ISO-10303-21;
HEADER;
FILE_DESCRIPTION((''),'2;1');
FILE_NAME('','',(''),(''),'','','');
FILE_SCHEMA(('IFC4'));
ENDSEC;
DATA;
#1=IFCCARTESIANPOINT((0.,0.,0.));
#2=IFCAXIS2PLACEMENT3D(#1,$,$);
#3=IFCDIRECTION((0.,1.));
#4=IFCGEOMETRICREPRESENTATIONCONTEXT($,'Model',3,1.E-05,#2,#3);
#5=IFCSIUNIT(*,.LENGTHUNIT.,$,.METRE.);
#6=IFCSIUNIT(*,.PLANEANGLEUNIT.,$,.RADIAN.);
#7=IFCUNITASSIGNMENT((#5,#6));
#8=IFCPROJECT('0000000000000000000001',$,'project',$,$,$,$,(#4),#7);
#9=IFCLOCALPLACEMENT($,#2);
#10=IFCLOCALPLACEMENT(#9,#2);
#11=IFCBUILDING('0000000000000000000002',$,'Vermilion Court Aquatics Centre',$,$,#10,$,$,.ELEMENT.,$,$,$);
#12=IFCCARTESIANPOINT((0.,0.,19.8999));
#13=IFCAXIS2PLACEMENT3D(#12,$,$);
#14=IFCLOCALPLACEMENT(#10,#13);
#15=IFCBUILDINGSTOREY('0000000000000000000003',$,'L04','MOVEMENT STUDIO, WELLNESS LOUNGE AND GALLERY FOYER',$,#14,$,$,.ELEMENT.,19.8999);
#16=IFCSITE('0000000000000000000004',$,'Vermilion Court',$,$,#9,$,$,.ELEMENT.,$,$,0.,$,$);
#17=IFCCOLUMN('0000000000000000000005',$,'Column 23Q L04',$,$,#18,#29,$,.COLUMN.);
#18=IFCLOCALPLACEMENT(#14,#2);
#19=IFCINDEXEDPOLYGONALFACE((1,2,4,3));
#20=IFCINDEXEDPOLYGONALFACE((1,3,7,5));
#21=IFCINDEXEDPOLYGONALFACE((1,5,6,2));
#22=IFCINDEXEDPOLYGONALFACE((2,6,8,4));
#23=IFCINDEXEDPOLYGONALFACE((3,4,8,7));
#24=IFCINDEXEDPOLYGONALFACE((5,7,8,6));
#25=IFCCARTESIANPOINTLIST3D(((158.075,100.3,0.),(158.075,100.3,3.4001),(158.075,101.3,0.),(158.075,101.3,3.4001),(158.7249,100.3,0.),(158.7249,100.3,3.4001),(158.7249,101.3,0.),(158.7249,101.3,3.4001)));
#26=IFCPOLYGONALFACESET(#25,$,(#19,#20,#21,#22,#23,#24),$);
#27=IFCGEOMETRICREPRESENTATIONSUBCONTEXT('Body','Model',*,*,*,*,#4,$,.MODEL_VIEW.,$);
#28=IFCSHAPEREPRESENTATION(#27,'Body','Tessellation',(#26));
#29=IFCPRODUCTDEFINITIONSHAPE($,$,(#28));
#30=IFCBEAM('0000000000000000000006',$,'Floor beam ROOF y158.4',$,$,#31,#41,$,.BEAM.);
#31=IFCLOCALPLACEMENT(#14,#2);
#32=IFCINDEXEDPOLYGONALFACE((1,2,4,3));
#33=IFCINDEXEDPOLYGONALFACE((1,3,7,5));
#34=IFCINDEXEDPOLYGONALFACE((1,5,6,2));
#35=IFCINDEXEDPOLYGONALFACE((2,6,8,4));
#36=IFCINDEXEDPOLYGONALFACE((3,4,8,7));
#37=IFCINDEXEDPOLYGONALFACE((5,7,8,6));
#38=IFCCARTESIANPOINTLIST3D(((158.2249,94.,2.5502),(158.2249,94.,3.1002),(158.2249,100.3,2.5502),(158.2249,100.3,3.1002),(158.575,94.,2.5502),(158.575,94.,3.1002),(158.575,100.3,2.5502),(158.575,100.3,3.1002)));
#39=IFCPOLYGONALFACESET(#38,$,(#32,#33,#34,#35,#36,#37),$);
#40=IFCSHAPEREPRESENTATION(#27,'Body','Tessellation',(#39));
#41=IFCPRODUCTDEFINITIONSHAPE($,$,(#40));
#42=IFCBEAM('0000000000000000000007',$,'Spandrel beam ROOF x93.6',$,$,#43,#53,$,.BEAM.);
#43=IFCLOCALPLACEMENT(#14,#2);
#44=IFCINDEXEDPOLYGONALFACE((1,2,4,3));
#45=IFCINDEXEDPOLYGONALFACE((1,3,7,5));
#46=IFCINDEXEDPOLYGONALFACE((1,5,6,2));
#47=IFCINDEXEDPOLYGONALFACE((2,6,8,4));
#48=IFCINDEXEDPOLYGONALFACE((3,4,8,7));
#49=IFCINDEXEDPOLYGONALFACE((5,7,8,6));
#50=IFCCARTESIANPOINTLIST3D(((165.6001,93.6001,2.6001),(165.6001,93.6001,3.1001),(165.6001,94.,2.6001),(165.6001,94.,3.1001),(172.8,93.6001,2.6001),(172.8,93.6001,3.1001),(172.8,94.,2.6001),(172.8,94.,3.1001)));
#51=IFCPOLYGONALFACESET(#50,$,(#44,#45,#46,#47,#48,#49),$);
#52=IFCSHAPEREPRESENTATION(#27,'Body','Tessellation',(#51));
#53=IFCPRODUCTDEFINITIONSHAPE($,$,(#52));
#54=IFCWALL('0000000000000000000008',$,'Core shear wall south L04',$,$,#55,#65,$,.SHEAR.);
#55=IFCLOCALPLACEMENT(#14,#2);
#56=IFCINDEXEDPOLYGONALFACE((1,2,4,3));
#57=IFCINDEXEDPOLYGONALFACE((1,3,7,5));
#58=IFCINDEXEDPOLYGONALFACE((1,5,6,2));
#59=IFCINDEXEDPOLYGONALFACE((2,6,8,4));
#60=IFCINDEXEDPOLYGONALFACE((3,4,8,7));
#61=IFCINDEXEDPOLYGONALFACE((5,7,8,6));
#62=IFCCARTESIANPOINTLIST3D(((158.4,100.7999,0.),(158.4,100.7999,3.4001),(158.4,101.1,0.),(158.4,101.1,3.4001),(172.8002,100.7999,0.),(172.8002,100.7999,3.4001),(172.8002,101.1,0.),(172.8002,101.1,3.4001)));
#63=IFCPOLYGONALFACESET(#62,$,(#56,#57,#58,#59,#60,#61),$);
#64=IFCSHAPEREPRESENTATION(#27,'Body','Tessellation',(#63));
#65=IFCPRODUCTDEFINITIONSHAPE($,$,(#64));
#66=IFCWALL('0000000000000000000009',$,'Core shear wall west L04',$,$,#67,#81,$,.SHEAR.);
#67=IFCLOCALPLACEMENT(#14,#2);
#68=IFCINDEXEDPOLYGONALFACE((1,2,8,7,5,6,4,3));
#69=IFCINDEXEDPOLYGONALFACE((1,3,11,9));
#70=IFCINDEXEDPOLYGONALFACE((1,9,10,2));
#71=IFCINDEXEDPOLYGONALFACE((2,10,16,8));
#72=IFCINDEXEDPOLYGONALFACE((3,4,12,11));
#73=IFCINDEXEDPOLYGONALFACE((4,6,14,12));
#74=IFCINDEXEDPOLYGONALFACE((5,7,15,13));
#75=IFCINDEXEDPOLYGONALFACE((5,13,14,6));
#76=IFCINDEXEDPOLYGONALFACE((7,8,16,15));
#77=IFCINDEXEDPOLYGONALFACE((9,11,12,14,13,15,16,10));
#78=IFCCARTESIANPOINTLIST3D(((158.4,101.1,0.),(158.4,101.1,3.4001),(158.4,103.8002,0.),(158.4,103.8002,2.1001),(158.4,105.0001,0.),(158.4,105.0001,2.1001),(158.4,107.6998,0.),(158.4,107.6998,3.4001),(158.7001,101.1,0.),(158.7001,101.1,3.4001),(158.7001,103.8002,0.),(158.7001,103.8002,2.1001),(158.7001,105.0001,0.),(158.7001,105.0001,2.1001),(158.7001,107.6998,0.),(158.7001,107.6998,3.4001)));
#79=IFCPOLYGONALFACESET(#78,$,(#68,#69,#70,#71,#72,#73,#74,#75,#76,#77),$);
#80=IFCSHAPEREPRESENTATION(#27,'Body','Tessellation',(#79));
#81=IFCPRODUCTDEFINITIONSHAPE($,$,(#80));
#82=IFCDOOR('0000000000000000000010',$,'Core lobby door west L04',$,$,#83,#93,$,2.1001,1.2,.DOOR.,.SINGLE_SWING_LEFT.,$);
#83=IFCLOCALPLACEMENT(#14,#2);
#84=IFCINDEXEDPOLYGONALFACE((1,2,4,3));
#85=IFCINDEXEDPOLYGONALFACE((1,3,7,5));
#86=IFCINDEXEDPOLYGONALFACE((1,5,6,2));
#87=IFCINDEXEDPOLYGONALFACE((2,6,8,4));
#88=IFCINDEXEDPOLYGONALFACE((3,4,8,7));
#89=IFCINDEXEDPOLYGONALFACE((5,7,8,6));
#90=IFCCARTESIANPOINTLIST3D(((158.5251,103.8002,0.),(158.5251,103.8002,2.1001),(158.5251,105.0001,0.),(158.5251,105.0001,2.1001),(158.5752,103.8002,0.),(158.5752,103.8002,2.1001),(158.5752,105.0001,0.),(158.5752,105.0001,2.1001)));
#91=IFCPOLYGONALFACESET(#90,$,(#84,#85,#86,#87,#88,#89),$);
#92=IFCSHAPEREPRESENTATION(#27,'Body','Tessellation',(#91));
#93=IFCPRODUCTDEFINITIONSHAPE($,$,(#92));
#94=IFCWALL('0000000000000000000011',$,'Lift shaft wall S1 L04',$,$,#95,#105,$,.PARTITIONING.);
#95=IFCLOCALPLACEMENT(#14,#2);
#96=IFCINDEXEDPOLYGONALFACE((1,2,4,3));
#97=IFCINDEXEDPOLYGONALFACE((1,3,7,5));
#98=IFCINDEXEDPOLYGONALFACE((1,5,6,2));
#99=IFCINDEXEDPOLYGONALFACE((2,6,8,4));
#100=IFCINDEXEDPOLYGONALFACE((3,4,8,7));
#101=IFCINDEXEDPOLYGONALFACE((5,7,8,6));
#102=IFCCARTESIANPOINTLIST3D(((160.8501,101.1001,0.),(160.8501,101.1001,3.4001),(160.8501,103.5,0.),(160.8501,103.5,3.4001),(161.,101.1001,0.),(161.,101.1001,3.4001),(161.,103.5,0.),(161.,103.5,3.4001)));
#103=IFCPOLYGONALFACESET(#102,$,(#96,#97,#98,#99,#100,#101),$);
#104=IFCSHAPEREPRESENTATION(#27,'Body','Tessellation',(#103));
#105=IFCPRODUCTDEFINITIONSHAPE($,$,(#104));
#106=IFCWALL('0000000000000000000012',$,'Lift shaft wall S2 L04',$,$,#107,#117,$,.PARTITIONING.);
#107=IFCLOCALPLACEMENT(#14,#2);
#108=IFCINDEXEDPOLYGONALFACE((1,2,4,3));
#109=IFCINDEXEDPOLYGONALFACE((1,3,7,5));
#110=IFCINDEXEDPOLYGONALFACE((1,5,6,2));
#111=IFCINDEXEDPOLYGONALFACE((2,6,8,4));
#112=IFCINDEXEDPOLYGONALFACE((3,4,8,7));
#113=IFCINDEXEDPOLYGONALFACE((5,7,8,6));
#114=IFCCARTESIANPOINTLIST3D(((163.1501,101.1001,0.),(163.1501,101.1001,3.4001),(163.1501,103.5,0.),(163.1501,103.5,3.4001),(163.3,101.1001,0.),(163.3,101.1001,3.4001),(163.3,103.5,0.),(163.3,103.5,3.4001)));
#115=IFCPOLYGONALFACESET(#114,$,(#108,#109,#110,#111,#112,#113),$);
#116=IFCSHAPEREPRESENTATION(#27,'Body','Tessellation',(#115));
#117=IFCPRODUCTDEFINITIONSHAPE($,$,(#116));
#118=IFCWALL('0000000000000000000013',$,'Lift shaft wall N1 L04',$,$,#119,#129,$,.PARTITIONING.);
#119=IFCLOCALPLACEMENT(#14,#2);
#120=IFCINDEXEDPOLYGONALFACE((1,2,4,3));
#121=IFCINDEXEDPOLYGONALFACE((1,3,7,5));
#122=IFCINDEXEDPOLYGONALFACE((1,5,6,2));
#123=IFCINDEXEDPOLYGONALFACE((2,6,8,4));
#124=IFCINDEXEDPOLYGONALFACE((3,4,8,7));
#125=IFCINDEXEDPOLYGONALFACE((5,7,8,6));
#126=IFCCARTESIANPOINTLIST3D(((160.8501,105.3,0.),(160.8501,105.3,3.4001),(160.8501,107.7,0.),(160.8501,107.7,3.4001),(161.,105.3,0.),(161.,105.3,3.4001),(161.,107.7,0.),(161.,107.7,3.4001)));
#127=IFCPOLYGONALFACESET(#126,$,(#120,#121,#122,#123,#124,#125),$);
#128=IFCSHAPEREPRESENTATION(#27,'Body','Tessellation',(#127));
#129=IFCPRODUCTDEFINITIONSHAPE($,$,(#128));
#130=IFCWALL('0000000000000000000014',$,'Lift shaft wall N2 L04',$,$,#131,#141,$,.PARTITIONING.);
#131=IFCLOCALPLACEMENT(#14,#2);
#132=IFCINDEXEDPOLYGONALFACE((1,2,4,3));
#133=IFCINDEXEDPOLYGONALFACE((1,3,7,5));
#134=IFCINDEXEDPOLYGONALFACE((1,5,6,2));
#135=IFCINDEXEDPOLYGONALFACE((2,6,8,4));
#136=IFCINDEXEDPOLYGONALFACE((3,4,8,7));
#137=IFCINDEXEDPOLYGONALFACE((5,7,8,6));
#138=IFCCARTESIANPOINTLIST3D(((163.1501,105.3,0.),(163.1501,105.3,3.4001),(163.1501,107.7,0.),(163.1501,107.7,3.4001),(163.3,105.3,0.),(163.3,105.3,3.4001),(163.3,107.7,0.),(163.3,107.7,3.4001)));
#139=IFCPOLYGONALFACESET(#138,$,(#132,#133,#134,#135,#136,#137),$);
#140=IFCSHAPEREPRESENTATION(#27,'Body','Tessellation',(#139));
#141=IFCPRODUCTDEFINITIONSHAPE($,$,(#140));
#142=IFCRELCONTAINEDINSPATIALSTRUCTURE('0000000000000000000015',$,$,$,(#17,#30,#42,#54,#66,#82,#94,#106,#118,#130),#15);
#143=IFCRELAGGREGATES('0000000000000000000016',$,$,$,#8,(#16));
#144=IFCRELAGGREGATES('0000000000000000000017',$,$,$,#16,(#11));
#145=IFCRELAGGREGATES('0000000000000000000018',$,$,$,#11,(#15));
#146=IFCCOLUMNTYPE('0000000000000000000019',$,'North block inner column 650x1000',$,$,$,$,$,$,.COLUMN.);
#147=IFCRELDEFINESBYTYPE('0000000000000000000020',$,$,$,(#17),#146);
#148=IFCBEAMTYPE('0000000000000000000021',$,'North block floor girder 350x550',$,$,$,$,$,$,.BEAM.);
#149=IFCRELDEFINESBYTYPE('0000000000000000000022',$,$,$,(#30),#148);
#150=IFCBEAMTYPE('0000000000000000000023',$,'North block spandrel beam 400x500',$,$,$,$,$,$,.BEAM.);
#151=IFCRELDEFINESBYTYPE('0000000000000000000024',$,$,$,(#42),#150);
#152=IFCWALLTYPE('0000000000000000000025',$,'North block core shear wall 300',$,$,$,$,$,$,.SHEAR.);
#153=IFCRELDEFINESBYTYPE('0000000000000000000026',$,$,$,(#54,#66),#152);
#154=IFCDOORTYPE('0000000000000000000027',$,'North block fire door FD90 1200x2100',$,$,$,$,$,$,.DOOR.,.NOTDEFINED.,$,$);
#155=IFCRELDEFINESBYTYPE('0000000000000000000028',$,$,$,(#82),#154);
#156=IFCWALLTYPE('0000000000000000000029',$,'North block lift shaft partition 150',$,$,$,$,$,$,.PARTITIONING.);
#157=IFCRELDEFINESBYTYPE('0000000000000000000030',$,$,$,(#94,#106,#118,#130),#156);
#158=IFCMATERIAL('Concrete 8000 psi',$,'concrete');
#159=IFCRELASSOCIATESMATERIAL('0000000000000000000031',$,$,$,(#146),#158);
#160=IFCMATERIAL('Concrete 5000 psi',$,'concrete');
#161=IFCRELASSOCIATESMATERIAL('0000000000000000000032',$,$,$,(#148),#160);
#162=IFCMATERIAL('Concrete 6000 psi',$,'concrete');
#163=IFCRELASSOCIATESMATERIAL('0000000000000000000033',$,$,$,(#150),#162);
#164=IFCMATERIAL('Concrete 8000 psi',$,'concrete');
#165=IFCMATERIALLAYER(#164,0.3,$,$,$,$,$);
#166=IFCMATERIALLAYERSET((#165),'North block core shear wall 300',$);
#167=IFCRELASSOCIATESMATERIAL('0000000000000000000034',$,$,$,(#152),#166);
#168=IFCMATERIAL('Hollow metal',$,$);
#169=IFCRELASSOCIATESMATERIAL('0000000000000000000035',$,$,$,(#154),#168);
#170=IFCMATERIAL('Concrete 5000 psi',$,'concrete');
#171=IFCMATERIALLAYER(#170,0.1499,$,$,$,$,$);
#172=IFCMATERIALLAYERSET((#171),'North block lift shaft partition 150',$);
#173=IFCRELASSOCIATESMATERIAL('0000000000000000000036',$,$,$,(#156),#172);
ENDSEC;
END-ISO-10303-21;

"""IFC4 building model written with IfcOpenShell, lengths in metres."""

from ifc_helpers import new_model, si_unit, direction, frame, frame_2d, origin, origin_2d, place, context, subcontext, project, spatial, rectangle, extrude, material, layer, layer_set, material_profile, profile_set, type_object, element, fill, save


model = new_model("IFC4")

# Units and contexts
model_context = context("Model", 3, precision=1e-05, world=origin(), true_north=direction((0.0, 1.0)))
body_context = subcontext(model_context, "Body", "Model", "MODEL_VIEW")
ifc_project = project(units=[si_unit("LENGTHUNIT", "METRE"), si_unit("PLANEANGLEUNIT", "RADIAN")], contexts=[model_context])

# Site, building, storey
site_placement = place(None, origin())
site = spatial("IfcSite", under=ifc_project, at=site_placement, Name="Vermilion Court", CompositionType="ELEMENT", RefElevation=0.0)
building_placement = place(site_placement, origin())
building = spatial("IfcBuilding", under=site, at=building_placement, Name="Vermilion Court Aquatics Centre", CompositionType="ELEMENT")
storey_placement = place(building_placement, frame((0.0, 0.0, 19.8999)))
storey = spatial("IfcBuildingStorey", under=building, at=storey_placement, Name="L04", Description="MOVEMENT STUDIO, WELLNESS LOUNGE AND GALLERY FOYER", CompositionType="ELEMENT", Elevation=19.8999)

# Column
ifc_material_1 = material(Name="Concrete 8000 psi", Category="concrete")
ifc_material_profile_1 = material_profile(ifc_material_1, rectangle(XDim=0.6499, YDim=1.0, at=origin_2d()), Name="RC 650x1000")
ifc_profile_set_1 = profile_set([ifc_material_profile_1], Name="Concrete 8000 psi")
column_type = type_object("IfcColumnType", Name="North block inner column 650x1000", PredefinedType="COLUMN", material=ifc_profile_set_1)
column_placement = place(storey_placement, frame((158.3999, 100.8, 0.0), z_axis=(0.0, 0.0, 1.0), x_axis=(1.0, 0.0, 0.0)))
element("IfcColumn", 1, at=column_placement, inside=storey, type_object=column_type, Name="Column 23Q L04", PredefinedType="COLUMN", context=body_context, shape_type="SweptSolid", body=[
    extrude(rectangle(XDim=0.6499, YDim=1.0, at=origin_2d()), origin(), (0.0, 0.0, 1.0), 3.4001),
])

# Beams
ifc_material_2 = material(Name="Concrete 5000 psi", Category="concrete")
ifc_material_profile_2 = material_profile(ifc_material_2, rectangle(XDim=0.3501, YDim=0.55, at=origin_2d()), Name="RC 350x550")
ifc_profile_set_2 = profile_set([ifc_material_profile_2], Name="Concrete 5000 psi")
beam_type_1 = type_object("IfcBeamType", Name="North block floor girder 350x550", PredefinedType="BEAM", material=ifc_profile_set_2)
beam_1_placement = place(storey_placement, frame((158.3999, 94.0, 2.8252), z_axis=(0.0, 1.0, 0.0), x_axis=(-1.0, 0.0, 0.0)))
element("IfcBeam", 2, at=beam_1_placement, inside=storey, type_object=beam_type_1, Name="Floor beam ROOF y158.4", PredefinedType="BEAM", context=body_context, shape_type="SweptSolid", body=[
    extrude(rectangle(XDim=0.3501, YDim=0.55, at=origin_2d()), origin(), (0.0, 0.0, 1.0), 6.3),
])
ifc_material_3 = material(Name="Concrete 6000 psi", Category="concrete")
ifc_material_profile_3 = material_profile(ifc_material_3, rectangle(XDim=0.3999, YDim=0.5, at=origin_2d()), Name="RC 400x500")
ifc_profile_set_3 = profile_set([ifc_material_profile_3], Name="Concrete 6000 psi")
beam_type_2 = type_object("IfcBeamType", Name="North block spandrel beam 400x500", PredefinedType="BEAM", material=ifc_profile_set_3)
beam_2_placement = place(storey_placement, frame((165.6001, 93.8, 2.8501), z_axis=(1.0, 0.0, 0.0), x_axis=(0.0, 1.0, 0.0)))
element("IfcBeam", 3, at=beam_2_placement, inside=storey, type_object=beam_type_2, Name="Spandrel beam ROOF x93.6", PredefinedType="BEAM", context=body_context, shape_type="SweptSolid", body=[
    extrude(rectangle(XDim=0.3999, YDim=0.5, at=origin_2d()), origin(), (0.0, 0.0, 1.0), 7.2),
])

# Wall
ifc_material_4 = material(Name="Concrete 8000 psi", Category="concrete")
ifc_layer_1 = layer(ifc_material_4, 0.3)
ifc_layer_set_1 = layer_set([ifc_layer_1], Name="North block core shear wall 300")
wall_type_1 = type_object("IfcWallType", Name="North block core shear wall 300", PredefinedType="SHEAR", material=ifc_layer_set_1)
wall_1_placement = place(storey_placement, frame((158.3999, 100.95, 0.0), z_axis=(0.0, 0.0, 1.0), x_axis=(1.0, 0.0, 0.0)))
element("IfcWall", 4, at=wall_1_placement, inside=storey, type_object=wall_type_1, Name="Core shear wall south L04", PredefinedType="SHEAR", context=body_context, shape_type="SweptSolid", body=[
    extrude(rectangle(XDim=14.4001, YDim=0.3, at=frame_2d((7.2002, 0.0))), origin(), (0.0, 0.0, 1.0), 3.4001),
])

# Wall, opening, door
wall_2_placement = place(storey_placement, frame((158.55, 101.1001, 0.0), z_axis=(0.0, 0.0, 1.0), x_axis=(0.0, 1.0, 0.0)))
wall_2 = element("IfcWall", 5, at=wall_2_placement, inside=storey, type_object=wall_type_1, Name="Core shear wall west L04", PredefinedType="SHEAR", context=body_context, shape_type="SweptSolid", body=[
    extrude(rectangle(XDim=6.5999, YDim=0.3, at=frame_2d((3.2998, 0.0))), origin(), (0.0, 0.0, 1.0), 3.4001),
])
opening_1_placement = place(wall_2_placement, frame((2.7, 0.0, 0.0)))
opening_1 = element("IfcOpeningElement", 6, at=opening_1_placement, cuts=wall_2, PredefinedType="OPENING", context=body_context, shape_type="SweptSolid", body=[
    extrude(rectangle(XDim=1.2, YDim=2.1001, at=frame_2d((0.6001, 1.05))), frame((0.0, 0.1599, 0.0), z_axis=(0.0, -1.0, 0.0), x_axis=(1.0, 0.0, 0.0)), (0.0, 0.0, 1.0), 0.3201),
])
ifc_material_5 = material(Name="Hollow metal")
door_type_1 = type_object("IfcDoorType", Name="North block fire door FD90 1200x2100", OperationType="NOTDEFINED", PredefinedType="DOOR", material=ifc_material_5)
door_1_placement = place(opening_1_placement, origin())
door_1 = element("IfcDoor", 7, at=door_1_placement, inside=storey, type_object=door_type_1, Name="Core lobby door west L04", OperationType="SINGLE_SWING_LEFT", OverallHeight=2.1001, OverallWidth=1.2, PredefinedType="DOOR", context=body_context, shape_type="SweptSolid", body=[
    extrude(rectangle(XDim=1.2, YDim=2.1001, at=frame_2d((0.6001, 1.05))), frame((0.0, 0.0249, 0.0), z_axis=(0.0, -1.0, 0.0), x_axis=(1.0, 0.0, 0.0)), (0.0, 0.0, 1.0), 0.05),
])
fill(opening_1, door_1)

# Walls
ifc_material_6 = material(Name="Concrete 5000 psi", Category="concrete")
ifc_layer_2 = layer(ifc_material_6, 0.1499)
ifc_layer_set_2 = layer_set([ifc_layer_2], Name="North block lift shaft partition 150")
wall_type_2 = type_object("IfcWallType", Name="North block lift shaft partition 150", PredefinedType="PARTITIONING", material=ifc_layer_set_2)
for number, where, z_axis, x_axis, name in (
    (8, (160.925, 101.1001, 0.0), (0.0, 0.0, 1.0), (0.0, 1.0, 0.0), "Lift shaft wall S1 L04"),
    (9, (163.2251, 101.1001, 0.0), (0.0, 0.0, 1.0), (0.0, 1.0, 0.0), "Lift shaft wall S2 L04"),
    (10, (160.925, 105.3, 0.0), (0.0, 0.0, 1.0), (0.0, 1.0, 0.0), "Lift shaft wall N1 L04"),
    (11, (163.2251, 105.3, 0.0), (0.0, 0.0, 1.0), (0.0, 1.0, 0.0), "Lift shaft wall N2 L04"),
):
    element("IfcWall", number, at=place(storey_placement, frame(where, z_axis=z_axis, x_axis=x_axis)), inside=storey, type_object=wall_type_2, Name=name, PredefinedType="PARTITIONING", context=body_context, shape_type="SweptSolid", body=[
        extrude(rectangle(XDim=2.3999, YDim=0.1499, at=frame_2d((1.2, 0.0))), origin(), (0.0, 0.0, 1.0), 3.4001),
    ])

save(model, "model.ifc")
